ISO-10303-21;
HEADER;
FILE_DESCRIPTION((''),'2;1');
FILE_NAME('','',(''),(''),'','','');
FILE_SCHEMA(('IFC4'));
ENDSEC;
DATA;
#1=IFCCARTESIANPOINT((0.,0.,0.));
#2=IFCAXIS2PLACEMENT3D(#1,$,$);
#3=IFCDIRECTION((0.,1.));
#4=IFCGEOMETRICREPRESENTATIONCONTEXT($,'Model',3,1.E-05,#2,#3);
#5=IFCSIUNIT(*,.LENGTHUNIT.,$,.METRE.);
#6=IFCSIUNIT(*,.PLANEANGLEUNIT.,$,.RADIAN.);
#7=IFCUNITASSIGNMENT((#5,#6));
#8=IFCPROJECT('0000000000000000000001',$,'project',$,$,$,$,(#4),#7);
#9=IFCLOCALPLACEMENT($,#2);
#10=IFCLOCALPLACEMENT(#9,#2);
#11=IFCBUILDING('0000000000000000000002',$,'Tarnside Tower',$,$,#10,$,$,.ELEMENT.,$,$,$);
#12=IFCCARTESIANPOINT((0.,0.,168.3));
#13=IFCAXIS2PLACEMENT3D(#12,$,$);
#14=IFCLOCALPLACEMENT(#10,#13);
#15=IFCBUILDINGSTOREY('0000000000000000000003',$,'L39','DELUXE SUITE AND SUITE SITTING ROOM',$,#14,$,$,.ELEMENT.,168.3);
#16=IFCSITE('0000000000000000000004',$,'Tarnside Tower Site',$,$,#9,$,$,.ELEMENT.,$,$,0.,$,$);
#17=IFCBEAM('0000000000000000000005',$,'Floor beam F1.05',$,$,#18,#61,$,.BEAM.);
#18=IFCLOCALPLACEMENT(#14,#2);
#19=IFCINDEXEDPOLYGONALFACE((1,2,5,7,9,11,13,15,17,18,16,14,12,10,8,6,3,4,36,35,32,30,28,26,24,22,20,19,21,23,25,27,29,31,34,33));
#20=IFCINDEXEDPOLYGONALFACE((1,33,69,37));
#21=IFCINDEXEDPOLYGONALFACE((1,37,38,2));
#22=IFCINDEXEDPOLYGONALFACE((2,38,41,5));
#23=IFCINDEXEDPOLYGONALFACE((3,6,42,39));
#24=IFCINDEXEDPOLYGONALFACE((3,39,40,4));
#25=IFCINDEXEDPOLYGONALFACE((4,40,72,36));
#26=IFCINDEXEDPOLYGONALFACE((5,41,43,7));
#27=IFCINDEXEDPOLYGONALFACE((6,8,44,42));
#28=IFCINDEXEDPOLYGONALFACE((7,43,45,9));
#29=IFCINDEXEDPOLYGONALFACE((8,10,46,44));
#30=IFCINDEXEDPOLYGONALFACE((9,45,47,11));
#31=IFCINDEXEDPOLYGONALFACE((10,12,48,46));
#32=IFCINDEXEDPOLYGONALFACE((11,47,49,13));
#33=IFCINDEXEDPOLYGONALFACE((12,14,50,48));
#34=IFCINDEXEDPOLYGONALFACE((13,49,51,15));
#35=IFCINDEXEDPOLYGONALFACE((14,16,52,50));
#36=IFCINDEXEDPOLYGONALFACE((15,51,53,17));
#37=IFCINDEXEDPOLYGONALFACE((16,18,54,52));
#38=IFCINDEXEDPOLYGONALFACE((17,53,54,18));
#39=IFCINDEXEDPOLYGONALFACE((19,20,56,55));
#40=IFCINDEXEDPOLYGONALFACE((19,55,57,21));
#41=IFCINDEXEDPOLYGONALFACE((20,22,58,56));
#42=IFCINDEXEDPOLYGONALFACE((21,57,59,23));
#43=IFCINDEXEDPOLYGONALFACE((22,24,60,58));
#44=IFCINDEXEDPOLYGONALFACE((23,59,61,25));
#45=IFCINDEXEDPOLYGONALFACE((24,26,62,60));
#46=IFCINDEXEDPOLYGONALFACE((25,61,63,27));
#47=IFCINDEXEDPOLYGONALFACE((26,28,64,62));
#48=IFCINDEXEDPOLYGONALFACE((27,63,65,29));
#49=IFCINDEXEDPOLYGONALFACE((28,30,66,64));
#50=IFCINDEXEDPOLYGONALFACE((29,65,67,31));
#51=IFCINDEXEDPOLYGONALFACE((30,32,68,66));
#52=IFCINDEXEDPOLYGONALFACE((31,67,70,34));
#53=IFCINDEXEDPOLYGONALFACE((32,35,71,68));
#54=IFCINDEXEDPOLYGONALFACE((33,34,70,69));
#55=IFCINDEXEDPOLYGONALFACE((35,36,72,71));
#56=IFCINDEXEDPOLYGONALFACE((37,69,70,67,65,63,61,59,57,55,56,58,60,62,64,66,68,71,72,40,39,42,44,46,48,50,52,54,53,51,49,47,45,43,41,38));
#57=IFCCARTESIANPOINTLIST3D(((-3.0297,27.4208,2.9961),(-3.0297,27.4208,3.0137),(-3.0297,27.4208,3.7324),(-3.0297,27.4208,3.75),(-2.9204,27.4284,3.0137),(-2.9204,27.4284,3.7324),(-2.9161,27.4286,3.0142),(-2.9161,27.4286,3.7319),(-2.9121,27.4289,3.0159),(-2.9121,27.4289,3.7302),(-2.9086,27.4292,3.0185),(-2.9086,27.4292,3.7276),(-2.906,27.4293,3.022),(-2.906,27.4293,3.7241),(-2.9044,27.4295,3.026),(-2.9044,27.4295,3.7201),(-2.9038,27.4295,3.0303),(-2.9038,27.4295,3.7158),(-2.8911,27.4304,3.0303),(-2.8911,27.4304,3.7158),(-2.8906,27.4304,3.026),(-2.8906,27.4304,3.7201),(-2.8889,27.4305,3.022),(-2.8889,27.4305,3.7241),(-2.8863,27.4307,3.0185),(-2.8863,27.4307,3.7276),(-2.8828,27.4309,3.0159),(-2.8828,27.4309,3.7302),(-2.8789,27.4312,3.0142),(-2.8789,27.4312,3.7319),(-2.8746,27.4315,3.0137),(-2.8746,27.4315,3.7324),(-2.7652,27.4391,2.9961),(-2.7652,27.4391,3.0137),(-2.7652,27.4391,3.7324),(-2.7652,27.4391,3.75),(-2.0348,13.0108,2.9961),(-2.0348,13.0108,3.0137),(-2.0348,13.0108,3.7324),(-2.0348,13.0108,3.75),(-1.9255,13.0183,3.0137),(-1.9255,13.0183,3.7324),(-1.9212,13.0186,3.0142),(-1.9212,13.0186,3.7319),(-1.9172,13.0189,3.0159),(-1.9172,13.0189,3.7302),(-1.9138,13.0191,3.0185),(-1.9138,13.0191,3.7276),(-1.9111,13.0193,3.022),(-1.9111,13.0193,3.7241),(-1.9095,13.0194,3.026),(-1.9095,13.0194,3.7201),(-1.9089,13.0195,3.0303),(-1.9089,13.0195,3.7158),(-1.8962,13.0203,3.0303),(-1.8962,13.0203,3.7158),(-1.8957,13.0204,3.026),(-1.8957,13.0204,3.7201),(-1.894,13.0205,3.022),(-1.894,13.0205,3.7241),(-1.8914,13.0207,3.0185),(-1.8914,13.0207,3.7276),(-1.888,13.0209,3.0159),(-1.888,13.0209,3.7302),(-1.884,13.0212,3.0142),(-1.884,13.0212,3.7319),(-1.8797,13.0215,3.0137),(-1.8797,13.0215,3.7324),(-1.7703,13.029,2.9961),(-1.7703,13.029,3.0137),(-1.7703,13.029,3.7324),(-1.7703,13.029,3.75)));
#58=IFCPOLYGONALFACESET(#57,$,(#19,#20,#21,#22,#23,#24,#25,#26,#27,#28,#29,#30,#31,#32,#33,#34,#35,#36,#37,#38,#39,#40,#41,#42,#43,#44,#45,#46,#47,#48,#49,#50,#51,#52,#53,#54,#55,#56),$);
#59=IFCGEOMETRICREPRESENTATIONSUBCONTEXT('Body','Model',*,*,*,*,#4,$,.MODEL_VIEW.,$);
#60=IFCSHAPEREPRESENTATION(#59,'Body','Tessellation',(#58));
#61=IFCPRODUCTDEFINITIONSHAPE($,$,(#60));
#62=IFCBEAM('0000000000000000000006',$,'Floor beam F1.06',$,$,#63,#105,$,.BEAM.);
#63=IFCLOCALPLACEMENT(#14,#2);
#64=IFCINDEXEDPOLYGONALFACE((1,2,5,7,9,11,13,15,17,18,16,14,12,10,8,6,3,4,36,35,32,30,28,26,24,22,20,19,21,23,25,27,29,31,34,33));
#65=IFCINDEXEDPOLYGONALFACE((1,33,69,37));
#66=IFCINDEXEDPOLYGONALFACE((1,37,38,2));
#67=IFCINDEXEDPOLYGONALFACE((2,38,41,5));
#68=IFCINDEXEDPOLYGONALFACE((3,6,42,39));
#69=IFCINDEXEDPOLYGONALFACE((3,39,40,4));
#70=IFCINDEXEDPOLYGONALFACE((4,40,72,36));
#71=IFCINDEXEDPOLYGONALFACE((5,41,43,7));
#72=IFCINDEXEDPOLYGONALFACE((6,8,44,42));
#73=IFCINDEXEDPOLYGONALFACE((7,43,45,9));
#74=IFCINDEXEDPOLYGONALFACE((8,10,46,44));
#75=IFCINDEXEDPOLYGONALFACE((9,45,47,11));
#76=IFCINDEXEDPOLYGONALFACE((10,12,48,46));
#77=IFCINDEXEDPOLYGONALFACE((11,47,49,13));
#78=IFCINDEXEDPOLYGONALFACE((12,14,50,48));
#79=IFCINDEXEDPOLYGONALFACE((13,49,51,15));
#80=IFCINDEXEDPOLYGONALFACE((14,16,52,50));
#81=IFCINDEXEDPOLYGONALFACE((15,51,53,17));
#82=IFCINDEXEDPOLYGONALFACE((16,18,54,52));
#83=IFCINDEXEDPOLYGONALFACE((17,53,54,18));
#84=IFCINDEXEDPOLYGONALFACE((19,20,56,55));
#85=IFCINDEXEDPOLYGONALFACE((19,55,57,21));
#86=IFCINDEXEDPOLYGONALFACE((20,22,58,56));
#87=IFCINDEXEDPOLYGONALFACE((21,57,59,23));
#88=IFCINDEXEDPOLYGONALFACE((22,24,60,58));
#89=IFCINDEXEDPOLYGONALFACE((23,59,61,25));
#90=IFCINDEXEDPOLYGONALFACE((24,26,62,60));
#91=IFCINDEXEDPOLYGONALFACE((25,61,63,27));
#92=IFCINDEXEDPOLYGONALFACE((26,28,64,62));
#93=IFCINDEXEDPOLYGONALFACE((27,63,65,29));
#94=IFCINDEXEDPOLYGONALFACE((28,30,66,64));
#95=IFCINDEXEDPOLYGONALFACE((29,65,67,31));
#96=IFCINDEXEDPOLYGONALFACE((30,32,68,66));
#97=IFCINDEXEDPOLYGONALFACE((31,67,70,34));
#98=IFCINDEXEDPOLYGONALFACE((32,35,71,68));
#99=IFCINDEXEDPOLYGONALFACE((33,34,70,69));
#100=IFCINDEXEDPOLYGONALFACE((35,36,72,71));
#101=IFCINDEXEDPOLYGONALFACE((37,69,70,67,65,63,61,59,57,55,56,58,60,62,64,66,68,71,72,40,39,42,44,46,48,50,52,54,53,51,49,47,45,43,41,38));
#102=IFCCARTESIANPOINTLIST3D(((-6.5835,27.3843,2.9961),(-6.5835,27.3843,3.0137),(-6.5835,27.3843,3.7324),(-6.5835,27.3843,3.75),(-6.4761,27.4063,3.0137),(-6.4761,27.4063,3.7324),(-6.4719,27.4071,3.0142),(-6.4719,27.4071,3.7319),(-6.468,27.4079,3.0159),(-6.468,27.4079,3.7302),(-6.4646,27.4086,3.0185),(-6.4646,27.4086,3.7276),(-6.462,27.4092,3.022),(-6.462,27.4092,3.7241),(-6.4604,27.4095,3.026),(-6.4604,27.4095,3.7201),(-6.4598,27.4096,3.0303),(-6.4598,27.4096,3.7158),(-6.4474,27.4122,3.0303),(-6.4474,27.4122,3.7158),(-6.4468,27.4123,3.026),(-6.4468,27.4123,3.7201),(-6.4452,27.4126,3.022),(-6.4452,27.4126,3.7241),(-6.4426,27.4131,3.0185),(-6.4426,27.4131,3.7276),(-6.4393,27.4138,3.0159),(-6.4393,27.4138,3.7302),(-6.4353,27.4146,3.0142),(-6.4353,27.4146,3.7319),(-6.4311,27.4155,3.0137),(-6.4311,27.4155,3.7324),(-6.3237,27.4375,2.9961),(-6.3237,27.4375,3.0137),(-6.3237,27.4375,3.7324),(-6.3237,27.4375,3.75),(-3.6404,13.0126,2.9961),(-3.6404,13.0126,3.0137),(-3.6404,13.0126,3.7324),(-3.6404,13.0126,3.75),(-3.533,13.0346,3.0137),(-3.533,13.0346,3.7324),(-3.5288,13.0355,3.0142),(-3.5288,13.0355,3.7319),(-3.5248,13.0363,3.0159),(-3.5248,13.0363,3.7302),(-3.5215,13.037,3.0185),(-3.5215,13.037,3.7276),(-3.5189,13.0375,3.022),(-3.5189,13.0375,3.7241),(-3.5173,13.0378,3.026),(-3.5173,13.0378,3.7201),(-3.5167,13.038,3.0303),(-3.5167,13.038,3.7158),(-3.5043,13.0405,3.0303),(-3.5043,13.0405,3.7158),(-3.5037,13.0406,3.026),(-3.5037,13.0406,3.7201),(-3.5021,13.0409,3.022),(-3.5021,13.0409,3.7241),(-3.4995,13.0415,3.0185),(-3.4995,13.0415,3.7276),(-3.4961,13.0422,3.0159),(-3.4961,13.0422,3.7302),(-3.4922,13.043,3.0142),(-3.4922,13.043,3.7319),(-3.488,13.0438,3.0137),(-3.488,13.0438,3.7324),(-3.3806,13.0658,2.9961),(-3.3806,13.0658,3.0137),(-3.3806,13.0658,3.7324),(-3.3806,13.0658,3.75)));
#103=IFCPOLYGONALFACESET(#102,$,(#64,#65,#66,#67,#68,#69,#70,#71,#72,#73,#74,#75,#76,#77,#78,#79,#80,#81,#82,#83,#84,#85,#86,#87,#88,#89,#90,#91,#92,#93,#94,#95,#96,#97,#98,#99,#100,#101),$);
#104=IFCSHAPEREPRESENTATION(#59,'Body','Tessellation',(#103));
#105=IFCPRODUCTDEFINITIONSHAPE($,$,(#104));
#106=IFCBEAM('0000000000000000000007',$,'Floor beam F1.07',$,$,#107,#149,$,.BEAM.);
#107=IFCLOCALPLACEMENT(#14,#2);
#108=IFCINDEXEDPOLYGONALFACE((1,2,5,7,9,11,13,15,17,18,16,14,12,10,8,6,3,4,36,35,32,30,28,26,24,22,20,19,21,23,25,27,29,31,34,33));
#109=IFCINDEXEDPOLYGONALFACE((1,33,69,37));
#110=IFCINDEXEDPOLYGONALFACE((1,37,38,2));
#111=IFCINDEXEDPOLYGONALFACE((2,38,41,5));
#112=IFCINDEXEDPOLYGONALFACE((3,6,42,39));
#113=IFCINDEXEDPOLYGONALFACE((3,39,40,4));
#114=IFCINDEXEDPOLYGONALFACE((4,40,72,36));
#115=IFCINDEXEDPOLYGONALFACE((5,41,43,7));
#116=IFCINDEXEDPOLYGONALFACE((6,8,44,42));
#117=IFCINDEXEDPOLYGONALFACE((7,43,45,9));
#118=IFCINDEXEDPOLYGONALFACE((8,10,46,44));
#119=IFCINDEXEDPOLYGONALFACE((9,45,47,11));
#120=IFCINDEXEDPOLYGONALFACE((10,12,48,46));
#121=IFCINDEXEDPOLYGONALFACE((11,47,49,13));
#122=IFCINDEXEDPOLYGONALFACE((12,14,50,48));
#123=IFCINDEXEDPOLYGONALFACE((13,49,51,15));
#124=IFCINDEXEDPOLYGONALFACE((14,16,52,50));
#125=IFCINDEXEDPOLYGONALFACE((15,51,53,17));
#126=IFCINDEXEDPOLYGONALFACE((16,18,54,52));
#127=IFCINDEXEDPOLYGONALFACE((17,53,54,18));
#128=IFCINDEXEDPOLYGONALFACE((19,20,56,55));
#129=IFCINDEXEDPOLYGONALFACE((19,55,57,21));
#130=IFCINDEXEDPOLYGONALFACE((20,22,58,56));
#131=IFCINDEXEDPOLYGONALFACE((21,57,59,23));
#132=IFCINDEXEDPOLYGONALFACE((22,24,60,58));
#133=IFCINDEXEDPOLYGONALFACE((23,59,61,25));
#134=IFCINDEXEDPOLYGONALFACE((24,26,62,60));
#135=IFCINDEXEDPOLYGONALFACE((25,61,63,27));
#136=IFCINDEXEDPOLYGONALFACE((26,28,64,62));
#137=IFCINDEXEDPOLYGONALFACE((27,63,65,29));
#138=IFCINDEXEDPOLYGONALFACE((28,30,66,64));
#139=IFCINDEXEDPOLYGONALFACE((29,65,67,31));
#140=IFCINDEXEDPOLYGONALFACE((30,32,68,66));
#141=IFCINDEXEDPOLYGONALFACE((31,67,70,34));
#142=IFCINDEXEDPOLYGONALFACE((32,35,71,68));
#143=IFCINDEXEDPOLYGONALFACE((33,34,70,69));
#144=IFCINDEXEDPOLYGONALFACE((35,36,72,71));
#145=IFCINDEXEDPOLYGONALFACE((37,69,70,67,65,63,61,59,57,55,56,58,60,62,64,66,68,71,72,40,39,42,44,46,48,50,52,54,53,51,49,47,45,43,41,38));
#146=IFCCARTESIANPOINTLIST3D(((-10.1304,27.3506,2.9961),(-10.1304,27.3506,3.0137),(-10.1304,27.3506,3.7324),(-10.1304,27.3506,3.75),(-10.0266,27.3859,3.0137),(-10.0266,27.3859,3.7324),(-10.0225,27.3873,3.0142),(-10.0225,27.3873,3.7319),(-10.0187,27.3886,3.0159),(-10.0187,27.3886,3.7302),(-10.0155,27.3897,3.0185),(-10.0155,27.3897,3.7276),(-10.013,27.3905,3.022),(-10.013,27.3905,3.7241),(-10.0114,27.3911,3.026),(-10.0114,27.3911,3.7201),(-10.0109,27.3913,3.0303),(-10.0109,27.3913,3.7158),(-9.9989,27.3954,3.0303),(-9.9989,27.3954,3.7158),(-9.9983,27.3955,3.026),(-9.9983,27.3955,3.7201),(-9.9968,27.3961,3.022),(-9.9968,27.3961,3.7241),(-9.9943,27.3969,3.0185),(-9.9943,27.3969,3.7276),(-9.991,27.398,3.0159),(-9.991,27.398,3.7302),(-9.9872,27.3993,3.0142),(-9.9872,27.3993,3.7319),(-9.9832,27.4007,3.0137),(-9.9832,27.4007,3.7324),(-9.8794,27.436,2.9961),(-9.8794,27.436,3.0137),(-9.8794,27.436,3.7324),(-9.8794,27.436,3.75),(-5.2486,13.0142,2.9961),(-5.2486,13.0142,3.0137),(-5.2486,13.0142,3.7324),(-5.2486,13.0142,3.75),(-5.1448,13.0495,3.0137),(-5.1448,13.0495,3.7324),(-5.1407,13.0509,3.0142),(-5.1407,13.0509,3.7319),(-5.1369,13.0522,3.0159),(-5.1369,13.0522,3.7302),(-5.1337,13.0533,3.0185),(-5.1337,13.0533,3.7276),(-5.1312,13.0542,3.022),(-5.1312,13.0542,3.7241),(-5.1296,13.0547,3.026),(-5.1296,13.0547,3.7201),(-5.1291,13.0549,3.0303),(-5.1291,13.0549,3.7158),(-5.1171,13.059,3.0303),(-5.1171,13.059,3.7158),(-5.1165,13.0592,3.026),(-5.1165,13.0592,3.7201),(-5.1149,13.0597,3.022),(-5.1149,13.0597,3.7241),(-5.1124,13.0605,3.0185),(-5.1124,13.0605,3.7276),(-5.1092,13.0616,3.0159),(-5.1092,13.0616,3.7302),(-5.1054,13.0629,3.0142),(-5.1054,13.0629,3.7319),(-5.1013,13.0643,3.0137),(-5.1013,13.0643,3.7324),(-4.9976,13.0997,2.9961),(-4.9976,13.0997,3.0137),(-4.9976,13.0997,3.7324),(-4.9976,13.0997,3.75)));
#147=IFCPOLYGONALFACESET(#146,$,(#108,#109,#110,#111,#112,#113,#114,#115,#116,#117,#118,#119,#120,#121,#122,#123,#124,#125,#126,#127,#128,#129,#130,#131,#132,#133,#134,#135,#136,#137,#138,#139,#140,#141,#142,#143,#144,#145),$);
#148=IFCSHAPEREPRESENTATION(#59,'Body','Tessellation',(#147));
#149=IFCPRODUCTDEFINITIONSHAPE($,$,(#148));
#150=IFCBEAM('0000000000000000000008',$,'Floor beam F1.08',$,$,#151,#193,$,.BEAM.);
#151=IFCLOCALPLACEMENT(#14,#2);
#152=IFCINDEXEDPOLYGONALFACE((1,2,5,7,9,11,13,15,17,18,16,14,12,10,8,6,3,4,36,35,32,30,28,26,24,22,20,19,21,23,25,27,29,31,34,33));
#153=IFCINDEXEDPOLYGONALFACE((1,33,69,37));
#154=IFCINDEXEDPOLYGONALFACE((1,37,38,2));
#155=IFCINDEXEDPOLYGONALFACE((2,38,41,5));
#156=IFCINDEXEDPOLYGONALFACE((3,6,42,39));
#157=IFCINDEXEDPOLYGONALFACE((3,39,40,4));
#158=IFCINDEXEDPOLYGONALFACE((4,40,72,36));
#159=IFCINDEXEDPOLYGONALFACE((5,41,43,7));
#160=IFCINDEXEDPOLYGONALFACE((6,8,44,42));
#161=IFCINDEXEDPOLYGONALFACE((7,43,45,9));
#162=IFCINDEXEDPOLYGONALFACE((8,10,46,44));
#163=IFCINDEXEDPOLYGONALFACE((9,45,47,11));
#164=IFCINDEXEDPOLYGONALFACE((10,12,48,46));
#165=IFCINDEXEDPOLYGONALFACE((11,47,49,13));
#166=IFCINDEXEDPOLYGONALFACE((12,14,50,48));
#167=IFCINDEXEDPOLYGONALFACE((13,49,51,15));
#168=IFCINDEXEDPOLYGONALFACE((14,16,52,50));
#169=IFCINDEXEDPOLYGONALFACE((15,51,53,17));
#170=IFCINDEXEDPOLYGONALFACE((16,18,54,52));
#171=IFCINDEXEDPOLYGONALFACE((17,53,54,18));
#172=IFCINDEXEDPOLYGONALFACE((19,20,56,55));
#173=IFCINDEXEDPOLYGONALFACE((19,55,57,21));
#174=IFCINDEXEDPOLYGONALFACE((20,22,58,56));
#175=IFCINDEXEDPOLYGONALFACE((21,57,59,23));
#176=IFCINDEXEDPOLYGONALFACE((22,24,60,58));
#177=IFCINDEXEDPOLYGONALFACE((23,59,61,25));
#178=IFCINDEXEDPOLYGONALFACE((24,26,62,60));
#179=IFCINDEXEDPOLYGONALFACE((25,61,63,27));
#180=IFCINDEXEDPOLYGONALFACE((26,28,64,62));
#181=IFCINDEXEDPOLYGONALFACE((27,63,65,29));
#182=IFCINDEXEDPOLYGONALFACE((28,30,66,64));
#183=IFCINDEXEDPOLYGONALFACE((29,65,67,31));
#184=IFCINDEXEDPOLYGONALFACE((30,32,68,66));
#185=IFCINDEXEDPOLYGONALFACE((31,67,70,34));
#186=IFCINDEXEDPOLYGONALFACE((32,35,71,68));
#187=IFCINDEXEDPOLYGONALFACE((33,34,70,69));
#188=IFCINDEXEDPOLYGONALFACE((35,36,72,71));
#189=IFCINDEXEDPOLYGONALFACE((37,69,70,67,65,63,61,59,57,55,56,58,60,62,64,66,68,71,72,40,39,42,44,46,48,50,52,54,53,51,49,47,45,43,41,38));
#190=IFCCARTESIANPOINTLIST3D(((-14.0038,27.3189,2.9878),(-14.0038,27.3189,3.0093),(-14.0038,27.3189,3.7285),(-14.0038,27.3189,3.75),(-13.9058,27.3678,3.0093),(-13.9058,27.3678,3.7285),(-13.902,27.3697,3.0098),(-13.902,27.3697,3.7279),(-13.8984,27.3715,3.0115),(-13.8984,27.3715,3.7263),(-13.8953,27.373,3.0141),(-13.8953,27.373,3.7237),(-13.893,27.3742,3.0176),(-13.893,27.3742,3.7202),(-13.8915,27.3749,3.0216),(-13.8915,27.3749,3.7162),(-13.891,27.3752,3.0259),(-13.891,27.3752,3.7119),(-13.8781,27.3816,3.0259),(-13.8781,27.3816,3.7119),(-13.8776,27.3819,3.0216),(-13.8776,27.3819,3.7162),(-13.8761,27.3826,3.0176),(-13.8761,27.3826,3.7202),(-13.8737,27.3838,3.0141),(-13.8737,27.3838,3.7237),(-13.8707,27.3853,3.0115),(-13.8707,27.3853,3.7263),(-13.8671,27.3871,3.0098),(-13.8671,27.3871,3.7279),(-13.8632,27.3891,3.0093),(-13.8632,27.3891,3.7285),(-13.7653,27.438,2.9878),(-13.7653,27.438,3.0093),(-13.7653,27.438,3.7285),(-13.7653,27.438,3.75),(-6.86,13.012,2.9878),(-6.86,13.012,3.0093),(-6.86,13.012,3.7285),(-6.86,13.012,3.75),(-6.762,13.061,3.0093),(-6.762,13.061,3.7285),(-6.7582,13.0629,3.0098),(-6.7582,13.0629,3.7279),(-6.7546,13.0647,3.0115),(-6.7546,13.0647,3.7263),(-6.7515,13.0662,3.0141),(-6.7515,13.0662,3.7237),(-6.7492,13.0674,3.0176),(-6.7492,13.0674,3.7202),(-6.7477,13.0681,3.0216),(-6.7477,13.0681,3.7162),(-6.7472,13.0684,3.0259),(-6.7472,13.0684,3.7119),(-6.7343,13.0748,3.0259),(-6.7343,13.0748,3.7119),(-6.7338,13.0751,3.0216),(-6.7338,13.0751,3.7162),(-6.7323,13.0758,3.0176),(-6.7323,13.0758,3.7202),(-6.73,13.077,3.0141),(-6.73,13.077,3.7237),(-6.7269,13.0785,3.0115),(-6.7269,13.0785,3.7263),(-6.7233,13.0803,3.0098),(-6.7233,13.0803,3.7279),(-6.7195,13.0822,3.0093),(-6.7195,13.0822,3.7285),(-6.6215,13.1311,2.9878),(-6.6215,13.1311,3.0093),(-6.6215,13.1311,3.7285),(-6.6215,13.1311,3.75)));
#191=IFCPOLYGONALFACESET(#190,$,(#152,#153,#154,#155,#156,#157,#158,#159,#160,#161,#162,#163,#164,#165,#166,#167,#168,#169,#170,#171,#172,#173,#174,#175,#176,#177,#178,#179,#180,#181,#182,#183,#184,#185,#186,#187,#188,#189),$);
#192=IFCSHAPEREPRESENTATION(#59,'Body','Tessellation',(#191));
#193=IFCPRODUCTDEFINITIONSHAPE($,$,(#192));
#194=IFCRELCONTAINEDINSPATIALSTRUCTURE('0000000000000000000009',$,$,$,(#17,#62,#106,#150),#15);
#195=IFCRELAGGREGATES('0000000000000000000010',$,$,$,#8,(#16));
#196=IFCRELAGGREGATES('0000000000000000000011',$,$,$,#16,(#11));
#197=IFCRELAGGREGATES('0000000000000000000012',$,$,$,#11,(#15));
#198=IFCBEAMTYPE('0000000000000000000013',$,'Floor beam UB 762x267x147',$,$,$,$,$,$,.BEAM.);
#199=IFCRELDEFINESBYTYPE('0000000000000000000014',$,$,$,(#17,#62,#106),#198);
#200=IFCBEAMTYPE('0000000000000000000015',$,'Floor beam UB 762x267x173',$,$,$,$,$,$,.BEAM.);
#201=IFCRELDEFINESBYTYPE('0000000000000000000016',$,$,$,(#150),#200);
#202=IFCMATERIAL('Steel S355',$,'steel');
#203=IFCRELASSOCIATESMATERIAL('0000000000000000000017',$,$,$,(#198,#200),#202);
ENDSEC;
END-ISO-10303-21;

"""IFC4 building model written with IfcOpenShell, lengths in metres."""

from ifc_helpers import new_model, si_unit, direction, frame, origin, origin_2d, place, context, subcontext, project, spatial, i_section, extrude, material, material_profile, profile_set, type_object, element, save


model = new_model("IFC4")

# Units and contexts
model_context = context("Model", 3, precision=1e-05, world=origin(), true_north=direction((0.0, 1.0)))
body_context = subcontext(model_context, "Body", "Model", "MODEL_VIEW")
ifc_project = project(units=[si_unit("LENGTHUNIT", "METRE"), si_unit("PLANEANGLEUNIT", "RADIAN")], contexts=[model_context])

# Site, building, storey
site_placement = place(None, origin())
site = spatial("IfcSite", under=ifc_project, at=site_placement, Name="Tarnside Tower Site", CompositionType="ELEMENT", RefElevation=0.0)
building_placement = place(site_placement, origin())
building = spatial("IfcBuilding", under=site, at=building_placement, Name="Tarnside Tower", CompositionType="ELEMENT")
storey_placement = place(building_placement, frame((0.0, 0.0, 168.3)))
storey = spatial("IfcBuildingStorey", under=building, at=storey_placement, Name="L39", Description="DELUXE SUITE AND SUITE SITTING ROOM", CompositionType="ELEMENT", Elevation=168.3)

# Beams
ifc_material_1 = material(Name="Steel S355", Category="steel")
ifc_material_profile_1 = material_profile(ifc_material_1, i_section(OverallWidth=0.2651, OverallDepth=0.7539, WebThickness=0.0127, FlangeThickness=0.0176, FilletRadius=0.0166, at=origin_2d()), Name="UB 762x267x147")
ifc_profile_set_1 = profile_set([ifc_material_profile_1], Name="Steel S355")
beam_type_1 = type_object("IfcBeamType", Name="Floor beam UB 762x267x147", PredefinedType="BEAM", material=ifc_profile_set_1)
beam_1_placement = place(storey_placement, frame((-2.8975, 27.4299, 3.373), z_axis=(0.068877, -0.997625, 0.0), x_axis=(0.997625, 0.068877, 0.0)))
element("IfcBeam", 1, at=beam_1_placement, inside=storey, type_object=beam_type_1, Name="Floor beam F1.05", PredefinedType="BEAM", context=body_context, shape_type="SweptSolid", body=[
    extrude(i_section(OverallWidth=0.2651, OverallDepth=0.7539, WebThickness=0.0127, FlangeThickness=0.0176, FilletRadius=0.0166, at=origin_2d()), origin(), (0.0, 0.0, 1.0), 14.4443),
])
beam_2_placement = place(storey_placement, frame((-6.4536, 27.4109, 3.373), z_axis=(0.200623, -0.979668, 0.0), x_axis=(0.979668, 0.200623, 0.0)))
element("IfcBeam", 2, at=beam_2_placement, inside=storey, type_object=beam_type_1, Name="Floor beam F1.06", PredefinedType="BEAM", context=body_context, shape_type="SweptSolid", body=[
    extrude(i_section(OverallWidth=0.2651, OverallDepth=0.7539, WebThickness=0.0127, FlangeThickness=0.0176, FilletRadius=0.0166, at=origin_2d()), origin(), (0.0, 0.0, 1.0), 14.6699),
])
beam_3_placement = place(storey_placement, frame((-10.0049, 27.3933, 3.373), z_axis=(0.322344, -0.946623, 0.0), x_axis=(0.946623, 0.322344, 0.0)))
element("IfcBeam", 3, at=beam_3_placement, inside=storey, type_object=beam_type_1, Name="Floor beam F1.07", PredefinedType="BEAM", context=body_context, shape_type="SweptSolid", body=[
    extrude(i_section(OverallWidth=0.2651, OverallDepth=0.7539, WebThickness=0.0127, FlangeThickness=0.0176, FilletRadius=0.0166, at=origin_2d()), origin(), (0.0, 0.0, 1.0), 15.1448),
])
ifc_material_profile_2 = material_profile(ifc_material_1, i_section(OverallWidth=0.2666, OverallDepth=0.7622, WebThickness=0.0144, FlangeThickness=0.0215, FilletRadius=0.0166, at=origin_2d()), Name="UB 762x267x173")
ifc_profile_set_2 = profile_set([ifc_material_profile_2], Name="Steel S355")
beam_type_2 = type_object("IfcBeamType", Name="Floor beam UB 762x267x173", PredefinedType="BEAM", material=ifc_profile_set_2)
beam_4_placement = place(storey_placement, frame((-13.8845, 27.3784, 3.3689), z_axis=(0.446731, -0.894668, 0.0), x_axis=(0.894668, 0.446731, 0.0)))
element("IfcBeam", 4, at=beam_4_placement, inside=storey, type_object=beam_type_2, Name="Floor beam F1.08", PredefinedType="BEAM", context=body_context, shape_type="SweptSolid", body=[
    extrude(i_section(OverallWidth=0.2666, OverallDepth=0.7622, WebThickness=0.0144, FlangeThickness=0.0215, FilletRadius=0.0166, at=origin_2d()), origin(), (0.0, 0.0, 1.0), 15.9912),
])

save(model, "model.ifc")
